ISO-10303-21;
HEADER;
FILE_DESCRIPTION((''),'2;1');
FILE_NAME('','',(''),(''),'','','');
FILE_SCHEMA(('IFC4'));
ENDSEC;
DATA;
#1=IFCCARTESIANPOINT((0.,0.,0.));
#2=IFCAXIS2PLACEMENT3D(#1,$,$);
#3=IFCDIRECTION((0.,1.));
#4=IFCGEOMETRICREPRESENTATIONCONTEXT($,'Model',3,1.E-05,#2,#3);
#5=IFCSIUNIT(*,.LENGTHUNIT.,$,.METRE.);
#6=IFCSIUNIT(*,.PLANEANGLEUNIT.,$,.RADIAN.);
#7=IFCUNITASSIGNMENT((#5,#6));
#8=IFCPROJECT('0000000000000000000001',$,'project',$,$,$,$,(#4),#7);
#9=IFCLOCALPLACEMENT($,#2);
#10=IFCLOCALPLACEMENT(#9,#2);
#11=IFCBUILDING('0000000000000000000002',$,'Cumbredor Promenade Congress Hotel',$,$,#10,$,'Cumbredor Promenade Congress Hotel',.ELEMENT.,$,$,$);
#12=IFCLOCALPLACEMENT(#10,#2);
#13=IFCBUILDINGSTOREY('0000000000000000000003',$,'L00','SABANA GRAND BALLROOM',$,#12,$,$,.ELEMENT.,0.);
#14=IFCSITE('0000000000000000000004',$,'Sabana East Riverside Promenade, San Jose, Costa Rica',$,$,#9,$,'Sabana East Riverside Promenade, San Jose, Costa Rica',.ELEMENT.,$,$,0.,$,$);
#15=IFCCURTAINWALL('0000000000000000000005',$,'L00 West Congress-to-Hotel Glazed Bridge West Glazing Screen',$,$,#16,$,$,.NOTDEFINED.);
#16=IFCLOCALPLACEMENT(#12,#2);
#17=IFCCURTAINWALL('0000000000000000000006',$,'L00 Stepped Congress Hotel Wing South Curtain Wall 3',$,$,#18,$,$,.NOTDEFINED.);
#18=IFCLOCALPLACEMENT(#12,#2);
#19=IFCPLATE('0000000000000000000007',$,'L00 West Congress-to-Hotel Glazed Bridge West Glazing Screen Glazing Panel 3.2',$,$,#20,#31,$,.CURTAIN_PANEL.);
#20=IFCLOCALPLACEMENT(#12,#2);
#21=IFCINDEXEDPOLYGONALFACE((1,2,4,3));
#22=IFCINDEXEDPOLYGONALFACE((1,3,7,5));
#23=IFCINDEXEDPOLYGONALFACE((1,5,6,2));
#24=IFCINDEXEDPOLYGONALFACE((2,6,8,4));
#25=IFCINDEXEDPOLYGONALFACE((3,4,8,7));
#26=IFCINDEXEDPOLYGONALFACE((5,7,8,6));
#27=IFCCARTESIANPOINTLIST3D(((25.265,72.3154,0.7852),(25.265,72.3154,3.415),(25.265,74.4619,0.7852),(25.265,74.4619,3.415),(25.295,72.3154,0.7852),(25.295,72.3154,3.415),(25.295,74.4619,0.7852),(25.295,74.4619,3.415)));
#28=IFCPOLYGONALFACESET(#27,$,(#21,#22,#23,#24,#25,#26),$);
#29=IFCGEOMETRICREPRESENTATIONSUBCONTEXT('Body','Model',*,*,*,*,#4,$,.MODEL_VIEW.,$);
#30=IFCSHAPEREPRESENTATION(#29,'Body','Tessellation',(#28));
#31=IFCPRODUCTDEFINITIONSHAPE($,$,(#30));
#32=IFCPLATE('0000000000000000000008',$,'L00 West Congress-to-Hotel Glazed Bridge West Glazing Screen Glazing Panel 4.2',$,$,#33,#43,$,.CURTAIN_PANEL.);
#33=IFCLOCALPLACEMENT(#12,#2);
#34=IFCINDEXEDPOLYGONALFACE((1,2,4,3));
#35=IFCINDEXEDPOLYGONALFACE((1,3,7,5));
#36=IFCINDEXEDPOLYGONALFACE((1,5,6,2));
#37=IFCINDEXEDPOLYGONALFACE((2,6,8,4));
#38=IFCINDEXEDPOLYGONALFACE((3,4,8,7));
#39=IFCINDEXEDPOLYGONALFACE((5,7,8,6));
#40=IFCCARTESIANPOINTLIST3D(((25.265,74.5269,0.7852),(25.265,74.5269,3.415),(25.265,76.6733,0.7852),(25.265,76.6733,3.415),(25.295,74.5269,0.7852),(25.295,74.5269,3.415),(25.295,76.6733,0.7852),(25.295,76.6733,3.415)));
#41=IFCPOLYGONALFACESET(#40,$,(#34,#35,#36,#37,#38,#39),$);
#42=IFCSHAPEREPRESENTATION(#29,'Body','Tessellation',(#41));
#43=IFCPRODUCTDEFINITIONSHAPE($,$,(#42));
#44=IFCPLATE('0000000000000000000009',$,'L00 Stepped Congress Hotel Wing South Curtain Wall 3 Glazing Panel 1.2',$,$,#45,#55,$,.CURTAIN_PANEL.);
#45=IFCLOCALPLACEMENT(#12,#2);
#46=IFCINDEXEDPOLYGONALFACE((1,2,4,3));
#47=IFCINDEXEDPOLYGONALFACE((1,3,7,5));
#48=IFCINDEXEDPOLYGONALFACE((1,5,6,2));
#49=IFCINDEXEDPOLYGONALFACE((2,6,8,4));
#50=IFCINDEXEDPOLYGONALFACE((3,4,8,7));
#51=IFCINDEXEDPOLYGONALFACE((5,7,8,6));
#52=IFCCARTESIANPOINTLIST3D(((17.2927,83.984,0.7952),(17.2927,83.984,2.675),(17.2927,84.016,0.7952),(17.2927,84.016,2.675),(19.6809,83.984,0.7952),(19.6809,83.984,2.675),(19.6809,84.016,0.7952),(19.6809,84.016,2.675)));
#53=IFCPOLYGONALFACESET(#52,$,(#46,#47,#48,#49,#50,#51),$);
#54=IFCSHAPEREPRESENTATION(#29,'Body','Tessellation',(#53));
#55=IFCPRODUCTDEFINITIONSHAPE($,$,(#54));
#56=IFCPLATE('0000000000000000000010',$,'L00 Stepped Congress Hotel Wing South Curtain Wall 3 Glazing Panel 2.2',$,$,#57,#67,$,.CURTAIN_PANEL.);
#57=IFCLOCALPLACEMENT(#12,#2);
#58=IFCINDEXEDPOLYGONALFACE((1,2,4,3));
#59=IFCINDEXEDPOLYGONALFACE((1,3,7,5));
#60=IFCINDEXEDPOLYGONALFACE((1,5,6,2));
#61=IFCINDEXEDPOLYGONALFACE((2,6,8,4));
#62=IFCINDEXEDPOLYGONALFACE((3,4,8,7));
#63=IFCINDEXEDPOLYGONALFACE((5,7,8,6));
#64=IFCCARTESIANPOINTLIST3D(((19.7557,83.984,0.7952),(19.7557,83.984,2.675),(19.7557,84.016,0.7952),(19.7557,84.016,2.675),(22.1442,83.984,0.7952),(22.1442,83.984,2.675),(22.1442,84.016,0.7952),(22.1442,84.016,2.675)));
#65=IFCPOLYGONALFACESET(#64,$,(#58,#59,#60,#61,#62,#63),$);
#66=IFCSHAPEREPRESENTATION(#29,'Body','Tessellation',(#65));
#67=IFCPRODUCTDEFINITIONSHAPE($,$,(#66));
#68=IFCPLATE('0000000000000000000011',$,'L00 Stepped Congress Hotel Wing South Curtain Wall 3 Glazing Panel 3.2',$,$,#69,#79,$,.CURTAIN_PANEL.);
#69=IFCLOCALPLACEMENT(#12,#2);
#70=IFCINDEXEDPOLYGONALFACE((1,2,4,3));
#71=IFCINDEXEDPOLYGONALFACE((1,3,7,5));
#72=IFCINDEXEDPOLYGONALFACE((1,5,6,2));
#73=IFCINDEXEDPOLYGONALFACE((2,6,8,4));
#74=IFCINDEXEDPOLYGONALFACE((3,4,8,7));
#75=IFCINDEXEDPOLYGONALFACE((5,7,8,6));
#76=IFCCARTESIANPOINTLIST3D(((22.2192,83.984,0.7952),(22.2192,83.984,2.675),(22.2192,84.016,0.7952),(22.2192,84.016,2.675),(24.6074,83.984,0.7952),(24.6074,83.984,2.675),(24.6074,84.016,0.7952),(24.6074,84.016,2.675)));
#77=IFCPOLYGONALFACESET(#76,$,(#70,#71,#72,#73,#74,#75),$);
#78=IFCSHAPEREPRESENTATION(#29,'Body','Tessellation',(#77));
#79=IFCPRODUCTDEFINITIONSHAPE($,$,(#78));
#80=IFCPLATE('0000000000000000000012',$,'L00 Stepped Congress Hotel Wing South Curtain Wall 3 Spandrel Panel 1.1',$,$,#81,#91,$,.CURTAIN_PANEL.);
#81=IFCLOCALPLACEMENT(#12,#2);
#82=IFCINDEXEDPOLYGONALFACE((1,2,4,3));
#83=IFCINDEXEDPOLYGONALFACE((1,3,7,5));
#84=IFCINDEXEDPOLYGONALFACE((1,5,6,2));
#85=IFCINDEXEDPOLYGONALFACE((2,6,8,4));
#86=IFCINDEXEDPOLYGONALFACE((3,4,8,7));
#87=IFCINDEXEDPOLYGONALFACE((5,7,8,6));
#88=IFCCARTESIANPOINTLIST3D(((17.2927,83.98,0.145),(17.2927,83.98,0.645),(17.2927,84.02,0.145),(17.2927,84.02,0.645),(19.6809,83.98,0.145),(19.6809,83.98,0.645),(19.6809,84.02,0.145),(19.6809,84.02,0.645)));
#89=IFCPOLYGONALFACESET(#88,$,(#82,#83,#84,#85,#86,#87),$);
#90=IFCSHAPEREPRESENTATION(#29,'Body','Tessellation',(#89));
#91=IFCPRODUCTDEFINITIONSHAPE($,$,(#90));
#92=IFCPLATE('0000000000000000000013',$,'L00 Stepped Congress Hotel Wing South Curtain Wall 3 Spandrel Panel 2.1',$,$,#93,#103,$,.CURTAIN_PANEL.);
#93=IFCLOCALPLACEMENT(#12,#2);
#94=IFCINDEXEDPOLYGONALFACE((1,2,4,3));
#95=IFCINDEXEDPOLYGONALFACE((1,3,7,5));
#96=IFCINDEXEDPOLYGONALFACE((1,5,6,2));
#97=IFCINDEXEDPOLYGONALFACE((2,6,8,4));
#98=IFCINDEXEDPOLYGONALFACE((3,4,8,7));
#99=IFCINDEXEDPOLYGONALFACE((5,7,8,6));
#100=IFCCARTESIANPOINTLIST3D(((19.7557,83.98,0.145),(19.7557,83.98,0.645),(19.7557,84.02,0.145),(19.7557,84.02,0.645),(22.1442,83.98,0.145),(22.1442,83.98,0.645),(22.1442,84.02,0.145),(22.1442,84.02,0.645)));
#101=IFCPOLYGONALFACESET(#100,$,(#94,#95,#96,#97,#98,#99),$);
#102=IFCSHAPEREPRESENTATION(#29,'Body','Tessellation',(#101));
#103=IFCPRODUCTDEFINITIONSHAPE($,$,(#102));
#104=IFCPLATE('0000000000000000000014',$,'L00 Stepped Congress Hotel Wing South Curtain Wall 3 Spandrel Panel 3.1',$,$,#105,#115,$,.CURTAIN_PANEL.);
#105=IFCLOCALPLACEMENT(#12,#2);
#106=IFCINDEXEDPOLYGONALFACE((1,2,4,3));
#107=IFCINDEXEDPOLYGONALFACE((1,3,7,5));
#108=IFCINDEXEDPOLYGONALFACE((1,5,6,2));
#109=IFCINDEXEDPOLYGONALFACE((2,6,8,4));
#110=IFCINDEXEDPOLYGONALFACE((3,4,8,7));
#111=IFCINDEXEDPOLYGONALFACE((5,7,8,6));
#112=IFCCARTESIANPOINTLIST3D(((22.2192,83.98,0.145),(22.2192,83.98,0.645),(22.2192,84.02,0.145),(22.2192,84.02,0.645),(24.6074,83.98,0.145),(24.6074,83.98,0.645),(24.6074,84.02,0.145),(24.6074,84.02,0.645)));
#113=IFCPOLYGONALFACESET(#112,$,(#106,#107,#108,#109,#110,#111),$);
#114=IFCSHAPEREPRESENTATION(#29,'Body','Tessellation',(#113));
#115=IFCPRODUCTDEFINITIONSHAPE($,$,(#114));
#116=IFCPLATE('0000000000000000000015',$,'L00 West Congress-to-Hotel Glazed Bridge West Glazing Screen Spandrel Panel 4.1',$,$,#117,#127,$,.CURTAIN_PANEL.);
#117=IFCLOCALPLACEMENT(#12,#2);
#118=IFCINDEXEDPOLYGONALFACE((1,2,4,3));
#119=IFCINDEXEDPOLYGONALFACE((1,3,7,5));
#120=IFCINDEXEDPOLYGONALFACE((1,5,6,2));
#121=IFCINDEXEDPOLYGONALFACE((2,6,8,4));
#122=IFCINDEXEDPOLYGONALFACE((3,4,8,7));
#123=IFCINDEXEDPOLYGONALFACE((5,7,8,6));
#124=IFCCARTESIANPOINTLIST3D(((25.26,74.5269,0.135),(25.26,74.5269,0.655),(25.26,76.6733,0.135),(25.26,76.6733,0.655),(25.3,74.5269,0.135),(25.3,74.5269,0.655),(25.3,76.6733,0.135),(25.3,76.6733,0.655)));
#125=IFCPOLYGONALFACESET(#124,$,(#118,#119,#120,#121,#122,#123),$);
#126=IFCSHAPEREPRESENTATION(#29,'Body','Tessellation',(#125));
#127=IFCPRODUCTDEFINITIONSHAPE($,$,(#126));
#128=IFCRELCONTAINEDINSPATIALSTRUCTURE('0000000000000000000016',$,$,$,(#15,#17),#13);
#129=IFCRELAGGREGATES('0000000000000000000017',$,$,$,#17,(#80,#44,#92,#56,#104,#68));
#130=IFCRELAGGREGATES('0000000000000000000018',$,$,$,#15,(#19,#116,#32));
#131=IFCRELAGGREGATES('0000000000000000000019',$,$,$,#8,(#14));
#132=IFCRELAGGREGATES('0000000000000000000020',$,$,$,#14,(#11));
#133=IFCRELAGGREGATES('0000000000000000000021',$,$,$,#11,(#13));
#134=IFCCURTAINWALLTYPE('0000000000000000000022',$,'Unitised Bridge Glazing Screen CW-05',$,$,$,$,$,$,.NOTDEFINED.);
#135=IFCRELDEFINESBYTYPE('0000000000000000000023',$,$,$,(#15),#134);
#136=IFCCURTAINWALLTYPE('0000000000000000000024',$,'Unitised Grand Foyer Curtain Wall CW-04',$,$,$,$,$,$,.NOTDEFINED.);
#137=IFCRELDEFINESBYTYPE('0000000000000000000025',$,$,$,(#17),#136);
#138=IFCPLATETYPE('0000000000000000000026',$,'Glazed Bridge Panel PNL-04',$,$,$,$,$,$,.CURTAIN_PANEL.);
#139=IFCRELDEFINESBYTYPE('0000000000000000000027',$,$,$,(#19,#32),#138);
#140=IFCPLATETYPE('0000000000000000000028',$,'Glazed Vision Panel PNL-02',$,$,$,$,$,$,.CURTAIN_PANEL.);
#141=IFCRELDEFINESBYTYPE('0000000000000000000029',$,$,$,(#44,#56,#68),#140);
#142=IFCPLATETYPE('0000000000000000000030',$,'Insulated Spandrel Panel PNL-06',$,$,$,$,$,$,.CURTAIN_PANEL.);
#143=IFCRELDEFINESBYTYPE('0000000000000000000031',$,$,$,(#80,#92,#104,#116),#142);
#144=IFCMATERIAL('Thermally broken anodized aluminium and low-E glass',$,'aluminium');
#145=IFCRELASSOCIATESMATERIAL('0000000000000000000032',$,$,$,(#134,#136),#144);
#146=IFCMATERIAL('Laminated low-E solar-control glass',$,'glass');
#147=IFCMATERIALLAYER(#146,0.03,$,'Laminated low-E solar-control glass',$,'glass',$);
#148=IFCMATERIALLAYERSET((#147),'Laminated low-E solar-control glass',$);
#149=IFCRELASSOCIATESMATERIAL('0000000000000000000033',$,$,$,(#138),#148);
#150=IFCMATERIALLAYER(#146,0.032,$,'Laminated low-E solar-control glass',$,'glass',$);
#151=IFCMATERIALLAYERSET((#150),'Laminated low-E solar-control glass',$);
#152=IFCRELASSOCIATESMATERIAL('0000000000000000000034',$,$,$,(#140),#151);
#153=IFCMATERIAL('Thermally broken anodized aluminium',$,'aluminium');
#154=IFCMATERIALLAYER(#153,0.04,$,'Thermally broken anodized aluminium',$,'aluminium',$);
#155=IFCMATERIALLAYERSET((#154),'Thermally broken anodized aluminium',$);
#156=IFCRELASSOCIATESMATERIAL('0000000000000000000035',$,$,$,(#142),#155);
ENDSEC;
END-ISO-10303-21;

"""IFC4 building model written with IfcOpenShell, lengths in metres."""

from ifc_helpers import new_model, si_unit, direction, frame, origin, origin_2d, place, context, subcontext, project, spatial, rectangle, extrude, material, layer, layer_set, type_object, element, aggregate, save


model = new_model("IFC4")

# Units and contexts
model_context = context("Model", 3, precision=1e-05, world=origin(), true_north=direction((0.0, 1.0)))
body_context = subcontext(model_context, "Body", "Model", "MODEL_VIEW")
ifc_project = project(units=[si_unit("LENGTHUNIT", "METRE"), si_unit("PLANEANGLEUNIT", "RADIAN")], contexts=[model_context])

# Site, building, storey
site_placement = place(None, origin())
site = spatial("IfcSite", under=ifc_project, at=site_placement, Name="Sabana East Riverside Promenade, San Jose, Costa Rica", LongName="Sabana East Riverside Promenade, San Jose, Costa Rica", CompositionType="ELEMENT", RefElevation=0.0)
building_placement = place(site_placement, origin())
building = spatial("IfcBuilding", under=site, at=building_placement, Name="Cumbredor Promenade Congress Hotel", LongName="Cumbredor Promenade Congress Hotel", CompositionType="ELEMENT")
storey_placement = place(building_placement, origin())
storey = spatial("IfcBuildingStorey", under=building, at=storey_placement, Name="L00", Description="SABANA GRAND BALLROOM", CompositionType="ELEMENT", Elevation=0.0)

# Curtain wall
ifc_material_1 = material(Name="Thermally broken anodized aluminium and low-E glass", Category="aluminium")
curtain_wall_type_1 = type_object("IfcCurtainWallType", Name="Unitised Bridge Glazing Screen CW-05", PredefinedType="NOTDEFINED", material=ifc_material_1)
curtain_wall_1_placement = place(storey_placement, origin())
curtain_wall_1 = element("IfcCurtainWall", 1, at=curtain_wall_1_placement, inside=storey, type_object=curtain_wall_type_1, Name="L00 West Congress-to-Hotel Glazed Bridge West Glazing Screen", PredefinedType="NOTDEFINED")
ifc_material_2 = material(Name="Thermally broken anodized aluminium", Category="aluminium")

# Curtain wall
curtain_wall_type_2 = type_object("IfcCurtainWallType", Name="Unitised Grand Foyer Curtain Wall CW-04", PredefinedType="NOTDEFINED", material=ifc_material_1)
curtain_wall_2_placement = place(storey_placement, origin())
curtain_wall_2 = element("IfcCurtainWall", 2, at=curtain_wall_2_placement, inside=storey, type_object=curtain_wall_type_2, Name="L00 Stepped Congress Hotel Wing South Curtain Wall 3", PredefinedType="NOTDEFINED")

# Plates
ifc_material_3 = material(Name="Laminated low-E solar-control glass", Category="glass")
ifc_layer_1 = layer(ifc_material_3, 0.03, Name="Laminated low-E solar-control glass", Category="glass")
ifc_layer_set_1 = layer_set([ifc_layer_1], Name="Laminated low-E solar-control glass")
plate_type_1 = type_object("IfcPlateType", Name="Glazed Bridge Panel PNL-04", PredefinedType="CURTAIN_PANEL", material=ifc_layer_set_1)
plate_1_placement = place(storey_placement, frame((25.28, 73.3887, 0.7852), z_axis=(0.0, 0.0, 1.0), x_axis=(0.0, 1.0, 0.0)))
plate_1 = element("IfcPlate", 3, at=plate_1_placement, type_object=plate_type_1, Name="L00 West Congress-to-Hotel Glazed Bridge West Glazing Screen Glazing Panel 3.2", PredefinedType="CURTAIN_PANEL", context=body_context, shape_type="SweptSolid", body=[
    extrude(rectangle(XDim=2.1465, YDim=0.03, at=origin_2d()), origin(), (0.0, 0.0, 1.0), 2.6299),
])
plate_2_placement = place(storey_placement, frame((25.28, 75.6001, 0.7852), z_axis=(0.0, 0.0, 1.0), x_axis=(0.0, 1.0, 0.0)))
plate_2 = element("IfcPlate", 4, at=plate_2_placement, type_object=plate_type_1, Name="L00 West Congress-to-Hotel Glazed Bridge West Glazing Screen Glazing Panel 4.2", PredefinedType="CURTAIN_PANEL", context=body_context, shape_type="SweptSolid", body=[
    extrude(rectangle(XDim=2.1465, YDim=0.03, at=origin_2d()), origin(), (0.0, 0.0, 1.0), 2.6299),
])
ifc_layer_2 = layer(ifc_material_3, 0.032, Name="Laminated low-E solar-control glass", Category="glass")
ifc_layer_set_2 = layer_set([ifc_layer_2], Name="Laminated low-E solar-control glass")
plate_type_2 = type_object("IfcPlateType", Name="Glazed Vision Panel PNL-02", PredefinedType="CURTAIN_PANEL", material=ifc_layer_set_2)
plate_3_placement = place(storey_placement, frame((18.4868, 84.0, 0.7952), z_axis=(0.0, 0.0, 1.0), x_axis=(1.0, 0.0, 0.0)))
plate_3 = element("IfcPlate", 5, at=plate_3_placement, type_object=plate_type_2, Name="L00 Stepped Congress Hotel Wing South Curtain Wall 3 Glazing Panel 1.2", PredefinedType="CURTAIN_PANEL", context=body_context, shape_type="SweptSolid", body=[
    extrude(rectangle(XDim=2.3882, YDim=0.032, at=origin_2d()), origin(), (0.0, 0.0, 1.0), 1.8799),
])
plate_4_placement = place(storey_placement, frame((20.95, 84.0, 0.7952), z_axis=(0.0, 0.0, 1.0), x_axis=(1.0, 0.0, 0.0)))
plate_4 = element("IfcPlate", 6, at=plate_4_placement, type_object=plate_type_2, Name="L00 Stepped Congress Hotel Wing South Curtain Wall 3 Glazing Panel 2.2", PredefinedType="CURTAIN_PANEL", context=body_context, shape_type="SweptSolid", body=[
    extrude(rectangle(XDim=2.3884, YDim=0.032, at=origin_2d()), origin(), (0.0, 0.0, 1.0), 1.8799),
])
plate_5_placement = place(storey_placement, frame((23.4133, 84.0, 0.7952), z_axis=(0.0, 0.0, 1.0), x_axis=(1.0, 0.0, 0.0)))
plate_5 = element("IfcPlate", 7, at=plate_5_placement, type_object=plate_type_2, Name="L00 Stepped Congress Hotel Wing South Curtain Wall 3 Glazing Panel 3.2", PredefinedType="CURTAIN_PANEL", context=body_context, shape_type="SweptSolid", body=[
    extrude(rectangle(XDim=2.3882, YDim=0.032, at=origin_2d()), origin(), (0.0, 0.0, 1.0), 1.8799),
])
ifc_layer_3 = layer(ifc_material_2, 0.04, Name="Thermally broken anodized aluminium", Category="aluminium")
ifc_layer_set_3 = layer_set([ifc_layer_3], Name="Thermally broken anodized aluminium")
plate_type_3 = type_object("IfcPlateType", Name="Insulated Spandrel Panel PNL-06", PredefinedType="CURTAIN_PANEL", material=ifc_layer_set_3)
plate_6_placement = place(storey_placement, frame((18.4868, 84.0, 0.145), z_axis=(0.0, 0.0, 1.0), x_axis=(1.0, 0.0, 0.0)))
plate_6 = element("IfcPlate", 8, at=plate_6_placement, type_object=plate_type_3, Name="L00 Stepped Congress Hotel Wing South Curtain Wall 3 Spandrel Panel 1.1", PredefinedType="CURTAIN_PANEL", context=body_context, shape_type="SweptSolid", body=[
    extrude(rectangle(XDim=2.3882, YDim=0.04, at=origin_2d()), origin(), (0.0, 0.0, 1.0), 0.5),
])
plate_7_placement = place(storey_placement, frame((20.95, 84.0, 0.145), z_axis=(0.0, 0.0, 1.0), x_axis=(1.0, 0.0, 0.0)))
plate_7 = element("IfcPlate", 9, at=plate_7_placement, type_object=plate_type_3, Name="L00 Stepped Congress Hotel Wing South Curtain Wall 3 Spandrel Panel 2.1", PredefinedType="CURTAIN_PANEL", context=body_context, shape_type="SweptSolid", body=[
    extrude(rectangle(XDim=2.3884, YDim=0.04, at=origin_2d()), origin(), (0.0, 0.0, 1.0), 0.5),
])
plate_8_placement = place(storey_placement, frame((23.4133, 84.0, 0.145), z_axis=(0.0, 0.0, 1.0), x_axis=(1.0, 0.0, 0.0)))
plate_8 = element("IfcPlate", 10, at=plate_8_placement, type_object=plate_type_3, Name="L00 Stepped Congress Hotel Wing South Curtain Wall 3 Spandrel Panel 3.1", PredefinedType="CURTAIN_PANEL", context=body_context, shape_type="SweptSolid", body=[
    extrude(rectangle(XDim=2.3882, YDim=0.04, at=origin_2d()), origin(), (0.0, 0.0, 1.0), 0.5),
])
aggregate(curtain_wall_2, [plate_6, plate_3, plate_7, plate_4, plate_8, plate_5])
plate_9_placement = place(storey_placement, frame((25.28, 75.6001, 0.135), z_axis=(0.0, 0.0, 1.0), x_axis=(0.0, 1.0, 0.0)))
plate_9 = element("IfcPlate", 11, at=plate_9_placement, type_object=plate_type_3, Name="L00 West Congress-to-Hotel Glazed Bridge West Glazing Screen Spandrel Panel 4.1", PredefinedType="CURTAIN_PANEL", context=body_context, shape_type="SweptSolid", body=[
    extrude(rectangle(XDim=2.1465, YDim=0.04, at=origin_2d()), origin(), (0.0, 0.0, 1.0), 0.52),
])
aggregate(curtain_wall_1, [plate_1, plate_9, plate_2])

save(model, "model.ifc")
